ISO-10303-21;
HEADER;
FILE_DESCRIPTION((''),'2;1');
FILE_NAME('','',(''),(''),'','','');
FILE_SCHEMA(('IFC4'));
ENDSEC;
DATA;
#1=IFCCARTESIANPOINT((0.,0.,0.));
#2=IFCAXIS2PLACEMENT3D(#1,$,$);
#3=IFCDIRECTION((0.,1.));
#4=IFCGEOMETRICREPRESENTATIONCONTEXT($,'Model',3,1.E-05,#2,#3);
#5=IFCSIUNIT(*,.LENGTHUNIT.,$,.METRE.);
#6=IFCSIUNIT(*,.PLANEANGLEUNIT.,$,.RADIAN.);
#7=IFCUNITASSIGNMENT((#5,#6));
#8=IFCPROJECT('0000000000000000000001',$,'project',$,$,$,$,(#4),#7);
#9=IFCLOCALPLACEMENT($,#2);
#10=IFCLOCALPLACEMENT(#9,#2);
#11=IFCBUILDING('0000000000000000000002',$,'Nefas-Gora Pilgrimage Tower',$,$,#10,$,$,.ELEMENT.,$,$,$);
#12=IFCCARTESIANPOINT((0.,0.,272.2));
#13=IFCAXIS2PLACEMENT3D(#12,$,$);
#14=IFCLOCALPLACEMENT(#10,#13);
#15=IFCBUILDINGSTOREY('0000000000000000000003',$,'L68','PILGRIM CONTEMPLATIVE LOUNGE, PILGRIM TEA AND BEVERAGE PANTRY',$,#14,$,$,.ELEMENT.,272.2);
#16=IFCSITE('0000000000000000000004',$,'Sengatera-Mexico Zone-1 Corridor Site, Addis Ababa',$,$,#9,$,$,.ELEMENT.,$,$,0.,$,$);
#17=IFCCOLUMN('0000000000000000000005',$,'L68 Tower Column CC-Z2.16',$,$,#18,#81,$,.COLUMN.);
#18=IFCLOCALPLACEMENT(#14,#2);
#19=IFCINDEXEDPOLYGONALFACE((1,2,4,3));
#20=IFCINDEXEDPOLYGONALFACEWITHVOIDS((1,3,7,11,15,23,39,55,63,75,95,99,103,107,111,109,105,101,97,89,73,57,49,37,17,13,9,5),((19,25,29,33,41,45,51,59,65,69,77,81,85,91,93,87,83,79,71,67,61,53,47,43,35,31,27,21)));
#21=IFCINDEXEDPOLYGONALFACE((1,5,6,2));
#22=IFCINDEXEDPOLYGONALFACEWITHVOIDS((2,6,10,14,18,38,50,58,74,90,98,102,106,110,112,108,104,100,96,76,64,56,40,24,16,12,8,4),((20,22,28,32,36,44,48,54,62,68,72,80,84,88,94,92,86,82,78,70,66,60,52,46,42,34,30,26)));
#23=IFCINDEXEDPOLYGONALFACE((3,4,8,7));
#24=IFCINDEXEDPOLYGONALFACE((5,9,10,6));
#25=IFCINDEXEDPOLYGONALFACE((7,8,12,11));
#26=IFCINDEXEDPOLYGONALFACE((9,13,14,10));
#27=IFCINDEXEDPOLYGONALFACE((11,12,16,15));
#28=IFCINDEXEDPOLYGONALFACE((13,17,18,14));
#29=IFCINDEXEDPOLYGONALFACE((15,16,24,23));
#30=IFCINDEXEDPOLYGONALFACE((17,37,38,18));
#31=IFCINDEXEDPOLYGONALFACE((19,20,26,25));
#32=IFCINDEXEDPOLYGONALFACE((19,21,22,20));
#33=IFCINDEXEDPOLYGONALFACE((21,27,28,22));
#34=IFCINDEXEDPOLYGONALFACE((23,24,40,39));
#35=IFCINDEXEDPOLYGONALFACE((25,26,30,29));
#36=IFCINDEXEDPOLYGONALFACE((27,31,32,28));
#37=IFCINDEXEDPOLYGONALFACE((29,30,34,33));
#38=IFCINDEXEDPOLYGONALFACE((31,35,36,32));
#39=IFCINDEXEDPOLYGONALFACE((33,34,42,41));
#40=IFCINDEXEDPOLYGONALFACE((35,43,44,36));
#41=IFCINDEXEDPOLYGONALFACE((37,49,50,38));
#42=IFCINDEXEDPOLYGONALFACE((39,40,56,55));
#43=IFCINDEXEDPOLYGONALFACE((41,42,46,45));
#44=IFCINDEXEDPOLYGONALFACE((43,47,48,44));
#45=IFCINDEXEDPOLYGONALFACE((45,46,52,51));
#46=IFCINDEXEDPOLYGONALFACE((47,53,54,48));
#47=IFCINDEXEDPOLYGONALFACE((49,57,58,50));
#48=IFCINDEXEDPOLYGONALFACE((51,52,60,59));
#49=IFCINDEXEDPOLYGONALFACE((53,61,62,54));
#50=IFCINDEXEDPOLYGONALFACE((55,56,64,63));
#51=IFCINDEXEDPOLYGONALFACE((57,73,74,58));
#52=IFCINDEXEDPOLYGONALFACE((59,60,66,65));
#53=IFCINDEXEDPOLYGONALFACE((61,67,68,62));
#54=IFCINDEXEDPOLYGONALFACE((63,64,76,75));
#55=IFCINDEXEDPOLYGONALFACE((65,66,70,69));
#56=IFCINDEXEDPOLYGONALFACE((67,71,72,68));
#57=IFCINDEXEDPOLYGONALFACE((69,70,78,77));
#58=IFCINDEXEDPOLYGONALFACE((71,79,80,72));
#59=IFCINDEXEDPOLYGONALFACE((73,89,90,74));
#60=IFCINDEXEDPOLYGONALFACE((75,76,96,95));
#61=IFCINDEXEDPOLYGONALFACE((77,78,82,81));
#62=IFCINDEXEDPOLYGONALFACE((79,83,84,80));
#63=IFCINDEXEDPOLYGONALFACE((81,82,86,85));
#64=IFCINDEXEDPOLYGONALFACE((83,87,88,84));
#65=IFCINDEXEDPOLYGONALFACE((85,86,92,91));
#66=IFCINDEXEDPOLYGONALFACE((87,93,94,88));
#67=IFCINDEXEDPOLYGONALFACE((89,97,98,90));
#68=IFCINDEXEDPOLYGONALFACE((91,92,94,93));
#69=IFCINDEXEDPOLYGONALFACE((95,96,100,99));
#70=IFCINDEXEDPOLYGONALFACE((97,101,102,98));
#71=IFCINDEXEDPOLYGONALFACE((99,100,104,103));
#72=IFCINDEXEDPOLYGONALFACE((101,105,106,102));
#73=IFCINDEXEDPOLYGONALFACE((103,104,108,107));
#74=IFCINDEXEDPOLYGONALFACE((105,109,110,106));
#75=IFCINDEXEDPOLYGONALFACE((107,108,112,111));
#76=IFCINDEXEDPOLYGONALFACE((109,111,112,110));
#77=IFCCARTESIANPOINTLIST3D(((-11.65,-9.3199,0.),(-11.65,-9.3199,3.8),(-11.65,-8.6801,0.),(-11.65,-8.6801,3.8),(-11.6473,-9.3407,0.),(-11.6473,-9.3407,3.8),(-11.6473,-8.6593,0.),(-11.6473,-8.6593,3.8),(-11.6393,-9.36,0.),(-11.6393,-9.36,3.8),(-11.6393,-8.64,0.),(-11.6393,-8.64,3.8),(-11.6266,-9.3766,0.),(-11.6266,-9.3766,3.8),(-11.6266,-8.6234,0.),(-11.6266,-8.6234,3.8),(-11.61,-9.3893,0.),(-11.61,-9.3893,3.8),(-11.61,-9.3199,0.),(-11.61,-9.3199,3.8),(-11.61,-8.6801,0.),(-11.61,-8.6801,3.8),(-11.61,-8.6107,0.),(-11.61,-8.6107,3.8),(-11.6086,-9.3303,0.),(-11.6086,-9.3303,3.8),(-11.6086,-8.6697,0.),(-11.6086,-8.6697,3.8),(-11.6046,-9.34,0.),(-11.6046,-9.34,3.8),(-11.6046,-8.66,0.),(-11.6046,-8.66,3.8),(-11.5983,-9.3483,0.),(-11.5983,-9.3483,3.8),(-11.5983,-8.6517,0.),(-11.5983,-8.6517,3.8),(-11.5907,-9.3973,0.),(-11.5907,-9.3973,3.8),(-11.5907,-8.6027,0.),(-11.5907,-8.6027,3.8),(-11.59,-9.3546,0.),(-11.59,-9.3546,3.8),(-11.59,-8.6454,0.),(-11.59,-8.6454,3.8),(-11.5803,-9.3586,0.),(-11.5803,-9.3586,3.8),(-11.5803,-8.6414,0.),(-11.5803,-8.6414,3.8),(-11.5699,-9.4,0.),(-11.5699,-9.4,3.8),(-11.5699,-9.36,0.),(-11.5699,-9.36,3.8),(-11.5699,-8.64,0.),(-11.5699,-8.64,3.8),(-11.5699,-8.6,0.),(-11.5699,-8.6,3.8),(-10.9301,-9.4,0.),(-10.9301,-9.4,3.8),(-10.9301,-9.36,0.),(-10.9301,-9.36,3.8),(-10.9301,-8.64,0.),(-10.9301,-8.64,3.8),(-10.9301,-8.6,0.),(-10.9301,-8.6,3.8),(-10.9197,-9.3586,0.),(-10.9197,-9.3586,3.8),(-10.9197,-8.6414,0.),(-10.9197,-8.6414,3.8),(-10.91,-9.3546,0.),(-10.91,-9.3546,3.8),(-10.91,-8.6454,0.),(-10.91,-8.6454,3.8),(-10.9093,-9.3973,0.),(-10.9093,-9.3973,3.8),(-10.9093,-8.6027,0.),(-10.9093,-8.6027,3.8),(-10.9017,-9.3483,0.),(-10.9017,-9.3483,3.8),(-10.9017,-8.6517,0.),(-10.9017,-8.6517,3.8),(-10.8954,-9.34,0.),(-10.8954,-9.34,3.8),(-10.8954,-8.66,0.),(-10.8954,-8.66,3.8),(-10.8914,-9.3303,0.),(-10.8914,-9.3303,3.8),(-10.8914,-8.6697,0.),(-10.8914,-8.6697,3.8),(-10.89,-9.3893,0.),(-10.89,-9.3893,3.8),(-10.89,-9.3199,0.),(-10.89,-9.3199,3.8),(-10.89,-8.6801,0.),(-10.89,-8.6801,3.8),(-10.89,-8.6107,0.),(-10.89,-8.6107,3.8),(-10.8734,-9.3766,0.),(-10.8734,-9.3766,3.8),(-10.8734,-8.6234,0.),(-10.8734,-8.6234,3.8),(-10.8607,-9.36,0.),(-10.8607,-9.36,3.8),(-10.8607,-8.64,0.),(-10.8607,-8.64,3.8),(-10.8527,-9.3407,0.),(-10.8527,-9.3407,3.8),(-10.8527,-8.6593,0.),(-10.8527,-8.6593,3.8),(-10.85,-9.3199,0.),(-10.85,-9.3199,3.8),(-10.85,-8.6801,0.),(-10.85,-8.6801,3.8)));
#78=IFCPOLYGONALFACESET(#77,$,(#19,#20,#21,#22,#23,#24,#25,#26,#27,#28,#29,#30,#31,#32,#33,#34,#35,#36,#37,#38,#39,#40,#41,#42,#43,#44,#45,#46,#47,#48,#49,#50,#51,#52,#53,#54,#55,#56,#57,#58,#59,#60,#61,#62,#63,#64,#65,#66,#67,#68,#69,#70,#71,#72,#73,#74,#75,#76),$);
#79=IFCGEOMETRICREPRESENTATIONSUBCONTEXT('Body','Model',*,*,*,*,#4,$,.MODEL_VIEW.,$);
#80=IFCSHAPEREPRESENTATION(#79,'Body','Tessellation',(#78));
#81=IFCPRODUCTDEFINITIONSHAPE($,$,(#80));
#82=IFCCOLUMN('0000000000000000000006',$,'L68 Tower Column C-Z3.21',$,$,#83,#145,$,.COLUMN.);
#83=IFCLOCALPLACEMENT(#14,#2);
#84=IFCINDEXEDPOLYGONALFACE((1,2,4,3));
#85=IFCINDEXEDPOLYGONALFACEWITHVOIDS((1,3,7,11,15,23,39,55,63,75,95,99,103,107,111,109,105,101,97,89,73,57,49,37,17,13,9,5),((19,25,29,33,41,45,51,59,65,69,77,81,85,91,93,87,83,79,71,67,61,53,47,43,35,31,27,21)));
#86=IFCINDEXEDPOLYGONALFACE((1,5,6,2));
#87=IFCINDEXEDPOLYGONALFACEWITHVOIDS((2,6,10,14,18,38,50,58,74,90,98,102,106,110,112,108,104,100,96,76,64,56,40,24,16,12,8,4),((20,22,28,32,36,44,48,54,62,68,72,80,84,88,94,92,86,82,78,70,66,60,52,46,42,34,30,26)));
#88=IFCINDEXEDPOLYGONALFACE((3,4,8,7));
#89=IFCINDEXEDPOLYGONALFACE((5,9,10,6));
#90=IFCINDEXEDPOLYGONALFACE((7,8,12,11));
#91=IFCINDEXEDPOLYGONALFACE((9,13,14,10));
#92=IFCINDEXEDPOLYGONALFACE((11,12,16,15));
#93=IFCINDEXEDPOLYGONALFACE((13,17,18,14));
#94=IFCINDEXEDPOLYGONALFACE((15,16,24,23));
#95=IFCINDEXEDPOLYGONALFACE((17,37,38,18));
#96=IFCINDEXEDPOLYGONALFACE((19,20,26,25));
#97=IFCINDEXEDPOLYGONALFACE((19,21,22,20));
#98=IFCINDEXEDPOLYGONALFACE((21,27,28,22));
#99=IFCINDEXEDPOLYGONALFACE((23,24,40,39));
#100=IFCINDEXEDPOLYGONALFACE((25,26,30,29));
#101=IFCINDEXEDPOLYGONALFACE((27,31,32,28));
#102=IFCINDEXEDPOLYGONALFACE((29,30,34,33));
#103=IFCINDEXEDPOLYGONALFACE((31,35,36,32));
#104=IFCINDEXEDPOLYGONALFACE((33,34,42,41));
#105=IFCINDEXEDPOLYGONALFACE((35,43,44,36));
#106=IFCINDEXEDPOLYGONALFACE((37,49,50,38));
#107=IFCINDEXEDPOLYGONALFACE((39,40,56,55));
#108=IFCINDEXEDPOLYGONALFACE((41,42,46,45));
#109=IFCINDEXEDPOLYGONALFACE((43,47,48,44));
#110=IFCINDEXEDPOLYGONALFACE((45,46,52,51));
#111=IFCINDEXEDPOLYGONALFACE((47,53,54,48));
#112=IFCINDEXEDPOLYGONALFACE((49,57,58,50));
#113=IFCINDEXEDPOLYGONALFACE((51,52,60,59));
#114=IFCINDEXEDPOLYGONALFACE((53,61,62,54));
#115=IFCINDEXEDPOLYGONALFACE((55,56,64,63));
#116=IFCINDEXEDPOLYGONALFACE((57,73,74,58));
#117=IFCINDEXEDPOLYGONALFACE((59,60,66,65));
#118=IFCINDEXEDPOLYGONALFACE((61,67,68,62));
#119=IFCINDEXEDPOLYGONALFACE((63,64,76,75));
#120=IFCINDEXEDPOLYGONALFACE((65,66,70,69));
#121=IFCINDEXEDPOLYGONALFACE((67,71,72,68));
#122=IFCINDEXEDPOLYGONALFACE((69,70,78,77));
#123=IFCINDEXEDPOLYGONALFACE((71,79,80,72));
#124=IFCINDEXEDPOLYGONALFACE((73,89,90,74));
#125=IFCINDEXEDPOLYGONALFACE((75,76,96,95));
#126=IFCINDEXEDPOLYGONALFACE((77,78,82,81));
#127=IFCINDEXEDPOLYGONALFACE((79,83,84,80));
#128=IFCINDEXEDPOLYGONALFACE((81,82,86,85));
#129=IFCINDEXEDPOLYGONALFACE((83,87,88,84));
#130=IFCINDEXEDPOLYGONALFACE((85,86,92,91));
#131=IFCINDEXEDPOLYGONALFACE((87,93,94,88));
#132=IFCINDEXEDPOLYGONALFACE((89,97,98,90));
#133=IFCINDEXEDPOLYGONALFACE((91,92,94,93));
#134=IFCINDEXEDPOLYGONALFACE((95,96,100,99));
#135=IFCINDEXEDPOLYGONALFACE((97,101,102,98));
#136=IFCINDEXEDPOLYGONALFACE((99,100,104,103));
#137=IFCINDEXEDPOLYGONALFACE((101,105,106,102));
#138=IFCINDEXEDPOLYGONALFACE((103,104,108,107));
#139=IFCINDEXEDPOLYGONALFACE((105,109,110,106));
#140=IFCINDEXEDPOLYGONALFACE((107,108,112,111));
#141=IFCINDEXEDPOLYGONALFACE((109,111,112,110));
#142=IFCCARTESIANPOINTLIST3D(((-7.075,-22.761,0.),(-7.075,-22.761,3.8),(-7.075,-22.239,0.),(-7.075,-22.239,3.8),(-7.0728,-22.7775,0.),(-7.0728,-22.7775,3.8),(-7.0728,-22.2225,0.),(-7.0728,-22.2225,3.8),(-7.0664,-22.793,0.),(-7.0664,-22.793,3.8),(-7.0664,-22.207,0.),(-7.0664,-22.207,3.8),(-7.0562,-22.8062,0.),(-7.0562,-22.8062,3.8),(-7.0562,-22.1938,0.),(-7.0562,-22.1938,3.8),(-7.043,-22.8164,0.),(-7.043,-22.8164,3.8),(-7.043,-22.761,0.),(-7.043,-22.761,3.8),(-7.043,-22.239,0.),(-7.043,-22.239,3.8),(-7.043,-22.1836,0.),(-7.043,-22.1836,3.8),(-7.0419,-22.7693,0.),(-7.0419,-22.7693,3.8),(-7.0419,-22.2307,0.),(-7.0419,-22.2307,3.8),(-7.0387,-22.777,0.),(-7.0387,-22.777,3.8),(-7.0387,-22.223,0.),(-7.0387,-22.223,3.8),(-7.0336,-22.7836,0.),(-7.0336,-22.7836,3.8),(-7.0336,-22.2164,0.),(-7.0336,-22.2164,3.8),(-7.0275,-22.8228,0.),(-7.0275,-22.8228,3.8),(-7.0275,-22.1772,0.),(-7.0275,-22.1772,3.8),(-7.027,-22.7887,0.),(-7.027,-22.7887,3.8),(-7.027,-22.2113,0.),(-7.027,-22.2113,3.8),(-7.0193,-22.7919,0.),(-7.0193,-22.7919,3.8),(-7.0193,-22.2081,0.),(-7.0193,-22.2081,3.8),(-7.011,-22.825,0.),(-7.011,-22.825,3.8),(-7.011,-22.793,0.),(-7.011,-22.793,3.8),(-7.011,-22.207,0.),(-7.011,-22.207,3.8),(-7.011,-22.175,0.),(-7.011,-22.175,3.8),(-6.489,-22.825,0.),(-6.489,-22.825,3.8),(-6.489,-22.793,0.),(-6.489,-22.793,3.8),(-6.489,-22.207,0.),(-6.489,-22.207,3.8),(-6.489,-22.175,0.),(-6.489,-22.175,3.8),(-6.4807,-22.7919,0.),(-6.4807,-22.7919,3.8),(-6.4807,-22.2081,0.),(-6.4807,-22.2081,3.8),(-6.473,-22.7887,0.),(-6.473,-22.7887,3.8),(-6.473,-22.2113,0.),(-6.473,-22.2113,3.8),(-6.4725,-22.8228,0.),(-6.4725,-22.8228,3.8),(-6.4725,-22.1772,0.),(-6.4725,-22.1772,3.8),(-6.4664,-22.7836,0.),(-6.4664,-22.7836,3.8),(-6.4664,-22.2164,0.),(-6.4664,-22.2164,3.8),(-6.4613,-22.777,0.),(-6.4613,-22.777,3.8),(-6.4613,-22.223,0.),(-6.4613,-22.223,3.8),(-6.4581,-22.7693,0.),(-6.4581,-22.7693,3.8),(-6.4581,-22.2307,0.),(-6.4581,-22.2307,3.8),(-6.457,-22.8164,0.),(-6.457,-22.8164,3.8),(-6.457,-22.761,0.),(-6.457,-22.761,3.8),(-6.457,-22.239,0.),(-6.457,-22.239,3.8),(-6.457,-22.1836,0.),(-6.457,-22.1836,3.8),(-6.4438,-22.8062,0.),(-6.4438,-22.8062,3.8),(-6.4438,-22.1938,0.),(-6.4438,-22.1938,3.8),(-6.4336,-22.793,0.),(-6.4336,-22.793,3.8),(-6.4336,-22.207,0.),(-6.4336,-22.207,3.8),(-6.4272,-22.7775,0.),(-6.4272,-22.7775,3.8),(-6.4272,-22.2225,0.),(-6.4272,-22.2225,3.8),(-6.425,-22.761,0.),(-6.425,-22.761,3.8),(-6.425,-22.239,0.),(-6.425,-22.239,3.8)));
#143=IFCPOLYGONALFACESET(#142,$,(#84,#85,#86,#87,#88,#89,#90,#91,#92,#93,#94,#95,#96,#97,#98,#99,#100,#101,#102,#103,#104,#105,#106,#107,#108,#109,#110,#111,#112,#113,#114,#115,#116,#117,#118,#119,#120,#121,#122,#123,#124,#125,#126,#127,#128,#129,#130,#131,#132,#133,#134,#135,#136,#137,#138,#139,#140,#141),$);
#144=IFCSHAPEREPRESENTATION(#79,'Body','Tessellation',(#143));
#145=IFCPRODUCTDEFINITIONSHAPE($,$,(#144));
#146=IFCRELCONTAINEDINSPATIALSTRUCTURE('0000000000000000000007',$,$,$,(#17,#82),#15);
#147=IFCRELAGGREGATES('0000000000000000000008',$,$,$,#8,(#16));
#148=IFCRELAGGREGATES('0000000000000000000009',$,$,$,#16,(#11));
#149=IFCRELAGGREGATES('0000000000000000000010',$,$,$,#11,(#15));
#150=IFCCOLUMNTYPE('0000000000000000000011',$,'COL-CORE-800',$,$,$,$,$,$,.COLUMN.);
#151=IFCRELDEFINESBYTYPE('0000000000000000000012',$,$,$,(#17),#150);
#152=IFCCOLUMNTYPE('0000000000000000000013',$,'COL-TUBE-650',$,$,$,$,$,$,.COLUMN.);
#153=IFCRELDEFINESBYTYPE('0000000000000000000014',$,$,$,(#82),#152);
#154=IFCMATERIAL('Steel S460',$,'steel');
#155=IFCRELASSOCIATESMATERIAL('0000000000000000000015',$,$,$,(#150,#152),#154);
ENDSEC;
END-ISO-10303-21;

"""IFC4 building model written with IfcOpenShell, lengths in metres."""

from ifc_helpers import new_model, si_unit, direction, frame, origin, origin_2d, place, context, subcontext, project, spatial, hollow_rectangle, extrude, source, transform, mapped, material, material_profile, profile_set, type_object, element, save


model = new_model("IFC4")

# Units and contexts
model_context = context("Model", 3, precision=1e-05, world=origin(), true_north=direction((0.0, 1.0)))
body_context = subcontext(model_context, "Body", "Model", "MODEL_VIEW")
ifc_project = project(units=[si_unit("LENGTHUNIT", "METRE"), si_unit("PLANEANGLEUNIT", "RADIAN")], contexts=[model_context])

# Site, building, storey
site_placement = place(None, origin())
site = spatial("IfcSite", under=ifc_project, at=site_placement, Name="Sengatera-Mexico Zone-1 Corridor Site, Addis Ababa", CompositionType="ELEMENT", RefElevation=0.0)
building_placement = place(site_placement, origin())
building = spatial("IfcBuilding", under=site, at=building_placement, Name="Nefas-Gora Pilgrimage Tower", CompositionType="ELEMENT")
storey_placement = place(building_placement, frame((0.0, 0.0, 272.2)))
storey = spatial("IfcBuildingStorey", under=building, at=storey_placement, Name="L68", Description="PILGRIM CONTEMPLATIVE LOUNGE, PILGRIM TEA AND BEVERAGE PANTRY", CompositionType="ELEMENT", Elevation=272.2)

# Columns
ifc_material_1 = material(Name="Steel S460", Category="steel")
ifc_material_profile_1 = material_profile(ifc_material_1, hollow_rectangle(XDim=0.8, YDim=0.8, WallThickness=0.04, InnerFilletRadius=0.04, OuterFilletRadius=0.0801, at=origin_2d()), Name="BOX 800x800x40")
ifc_profile_set_1 = profile_set([ifc_material_profile_1], Name="Steel S460")
column_type_1 = type_object("IfcColumnType", Name="COL-CORE-800", PredefinedType="COLUMN", material=ifc_profile_set_1)
shared_shape_1 = source(origin(), body_context, "Body", "SweptSolid", [
    extrude(hollow_rectangle(XDim=0.8, YDim=0.8, WallThickness=0.04, InnerFilletRadius=0.04, OuterFilletRadius=0.0801, at=origin_2d()), origin(), (0.0, 0.0, 1.0), 3.8),
])
column_placement = place(storey_placement, frame((-11.25, -9.0, 0.0), z_axis=(0.0, 0.0, 1.0), x_axis=(1.0, 0.0, 0.0)))
element("IfcColumn", 1, at=column_placement, inside=storey, type_object=column_type_1, Name="L68 Tower Column CC-Z2.16", PredefinedType="COLUMN", context=body_context, shape_type="MappedRepresentation", body=[
    mapped(shared_shape_1, transform((0.0, 0.0, 0.0), x_axis=(1.0, 0.0, 0.0), y_axis=(0.0, 1.0, 0.0), z_axis=(0.0, 0.0, 1.0), scale=1.0)),
])
ifc_material_profile_2 = material_profile(ifc_material_1, hollow_rectangle(XDim=0.6499, YDim=0.6499, WallThickness=0.032, InnerFilletRadius=0.032, OuterFilletRadius=0.064, at=origin_2d()), Name="BOX 650x650x32")
ifc_profile_set_2 = profile_set([ifc_material_profile_2], Name="Steel S460")
column_type_2 = type_object("IfcColumnType", Name="COL-TUBE-650", PredefinedType="COLUMN", material=ifc_profile_set_2)
shared_shape_2 = source(origin(), body_context, "Body", "SweptSolid", [
    extrude(hollow_rectangle(XDim=0.6499, YDim=0.6499, WallThickness=0.032, InnerFilletRadius=0.032, OuterFilletRadius=0.064, at=origin_2d()), origin(), (0.0, 0.0, 1.0), 3.8),
])
for number, where, z_axis, x_axis, name in (
    (2, (-6.75, -22.5, 0.0), (0.0, 0.0, 1.0), (1.0, 0.0, 0.0), "L68 Tower Column C-Z3.21"),
):
    element("IfcColumn", number, at=place(storey_placement, frame(where, z_axis=z_axis, x_axis=x_axis)), inside=storey, type_object=column_type_2, Name=name, PredefinedType="COLUMN", context=body_context, shape_type="MappedRepresentation", body=[
        mapped(shared_shape_2, transform((0.0, 0.0, 0.0), x_axis=(1.0, 0.0, 0.0), y_axis=(0.0, 1.0, 0.0), z_axis=(0.0, 0.0, 1.0), scale=1.0)),
    ])

save(model, "model.ifc")
